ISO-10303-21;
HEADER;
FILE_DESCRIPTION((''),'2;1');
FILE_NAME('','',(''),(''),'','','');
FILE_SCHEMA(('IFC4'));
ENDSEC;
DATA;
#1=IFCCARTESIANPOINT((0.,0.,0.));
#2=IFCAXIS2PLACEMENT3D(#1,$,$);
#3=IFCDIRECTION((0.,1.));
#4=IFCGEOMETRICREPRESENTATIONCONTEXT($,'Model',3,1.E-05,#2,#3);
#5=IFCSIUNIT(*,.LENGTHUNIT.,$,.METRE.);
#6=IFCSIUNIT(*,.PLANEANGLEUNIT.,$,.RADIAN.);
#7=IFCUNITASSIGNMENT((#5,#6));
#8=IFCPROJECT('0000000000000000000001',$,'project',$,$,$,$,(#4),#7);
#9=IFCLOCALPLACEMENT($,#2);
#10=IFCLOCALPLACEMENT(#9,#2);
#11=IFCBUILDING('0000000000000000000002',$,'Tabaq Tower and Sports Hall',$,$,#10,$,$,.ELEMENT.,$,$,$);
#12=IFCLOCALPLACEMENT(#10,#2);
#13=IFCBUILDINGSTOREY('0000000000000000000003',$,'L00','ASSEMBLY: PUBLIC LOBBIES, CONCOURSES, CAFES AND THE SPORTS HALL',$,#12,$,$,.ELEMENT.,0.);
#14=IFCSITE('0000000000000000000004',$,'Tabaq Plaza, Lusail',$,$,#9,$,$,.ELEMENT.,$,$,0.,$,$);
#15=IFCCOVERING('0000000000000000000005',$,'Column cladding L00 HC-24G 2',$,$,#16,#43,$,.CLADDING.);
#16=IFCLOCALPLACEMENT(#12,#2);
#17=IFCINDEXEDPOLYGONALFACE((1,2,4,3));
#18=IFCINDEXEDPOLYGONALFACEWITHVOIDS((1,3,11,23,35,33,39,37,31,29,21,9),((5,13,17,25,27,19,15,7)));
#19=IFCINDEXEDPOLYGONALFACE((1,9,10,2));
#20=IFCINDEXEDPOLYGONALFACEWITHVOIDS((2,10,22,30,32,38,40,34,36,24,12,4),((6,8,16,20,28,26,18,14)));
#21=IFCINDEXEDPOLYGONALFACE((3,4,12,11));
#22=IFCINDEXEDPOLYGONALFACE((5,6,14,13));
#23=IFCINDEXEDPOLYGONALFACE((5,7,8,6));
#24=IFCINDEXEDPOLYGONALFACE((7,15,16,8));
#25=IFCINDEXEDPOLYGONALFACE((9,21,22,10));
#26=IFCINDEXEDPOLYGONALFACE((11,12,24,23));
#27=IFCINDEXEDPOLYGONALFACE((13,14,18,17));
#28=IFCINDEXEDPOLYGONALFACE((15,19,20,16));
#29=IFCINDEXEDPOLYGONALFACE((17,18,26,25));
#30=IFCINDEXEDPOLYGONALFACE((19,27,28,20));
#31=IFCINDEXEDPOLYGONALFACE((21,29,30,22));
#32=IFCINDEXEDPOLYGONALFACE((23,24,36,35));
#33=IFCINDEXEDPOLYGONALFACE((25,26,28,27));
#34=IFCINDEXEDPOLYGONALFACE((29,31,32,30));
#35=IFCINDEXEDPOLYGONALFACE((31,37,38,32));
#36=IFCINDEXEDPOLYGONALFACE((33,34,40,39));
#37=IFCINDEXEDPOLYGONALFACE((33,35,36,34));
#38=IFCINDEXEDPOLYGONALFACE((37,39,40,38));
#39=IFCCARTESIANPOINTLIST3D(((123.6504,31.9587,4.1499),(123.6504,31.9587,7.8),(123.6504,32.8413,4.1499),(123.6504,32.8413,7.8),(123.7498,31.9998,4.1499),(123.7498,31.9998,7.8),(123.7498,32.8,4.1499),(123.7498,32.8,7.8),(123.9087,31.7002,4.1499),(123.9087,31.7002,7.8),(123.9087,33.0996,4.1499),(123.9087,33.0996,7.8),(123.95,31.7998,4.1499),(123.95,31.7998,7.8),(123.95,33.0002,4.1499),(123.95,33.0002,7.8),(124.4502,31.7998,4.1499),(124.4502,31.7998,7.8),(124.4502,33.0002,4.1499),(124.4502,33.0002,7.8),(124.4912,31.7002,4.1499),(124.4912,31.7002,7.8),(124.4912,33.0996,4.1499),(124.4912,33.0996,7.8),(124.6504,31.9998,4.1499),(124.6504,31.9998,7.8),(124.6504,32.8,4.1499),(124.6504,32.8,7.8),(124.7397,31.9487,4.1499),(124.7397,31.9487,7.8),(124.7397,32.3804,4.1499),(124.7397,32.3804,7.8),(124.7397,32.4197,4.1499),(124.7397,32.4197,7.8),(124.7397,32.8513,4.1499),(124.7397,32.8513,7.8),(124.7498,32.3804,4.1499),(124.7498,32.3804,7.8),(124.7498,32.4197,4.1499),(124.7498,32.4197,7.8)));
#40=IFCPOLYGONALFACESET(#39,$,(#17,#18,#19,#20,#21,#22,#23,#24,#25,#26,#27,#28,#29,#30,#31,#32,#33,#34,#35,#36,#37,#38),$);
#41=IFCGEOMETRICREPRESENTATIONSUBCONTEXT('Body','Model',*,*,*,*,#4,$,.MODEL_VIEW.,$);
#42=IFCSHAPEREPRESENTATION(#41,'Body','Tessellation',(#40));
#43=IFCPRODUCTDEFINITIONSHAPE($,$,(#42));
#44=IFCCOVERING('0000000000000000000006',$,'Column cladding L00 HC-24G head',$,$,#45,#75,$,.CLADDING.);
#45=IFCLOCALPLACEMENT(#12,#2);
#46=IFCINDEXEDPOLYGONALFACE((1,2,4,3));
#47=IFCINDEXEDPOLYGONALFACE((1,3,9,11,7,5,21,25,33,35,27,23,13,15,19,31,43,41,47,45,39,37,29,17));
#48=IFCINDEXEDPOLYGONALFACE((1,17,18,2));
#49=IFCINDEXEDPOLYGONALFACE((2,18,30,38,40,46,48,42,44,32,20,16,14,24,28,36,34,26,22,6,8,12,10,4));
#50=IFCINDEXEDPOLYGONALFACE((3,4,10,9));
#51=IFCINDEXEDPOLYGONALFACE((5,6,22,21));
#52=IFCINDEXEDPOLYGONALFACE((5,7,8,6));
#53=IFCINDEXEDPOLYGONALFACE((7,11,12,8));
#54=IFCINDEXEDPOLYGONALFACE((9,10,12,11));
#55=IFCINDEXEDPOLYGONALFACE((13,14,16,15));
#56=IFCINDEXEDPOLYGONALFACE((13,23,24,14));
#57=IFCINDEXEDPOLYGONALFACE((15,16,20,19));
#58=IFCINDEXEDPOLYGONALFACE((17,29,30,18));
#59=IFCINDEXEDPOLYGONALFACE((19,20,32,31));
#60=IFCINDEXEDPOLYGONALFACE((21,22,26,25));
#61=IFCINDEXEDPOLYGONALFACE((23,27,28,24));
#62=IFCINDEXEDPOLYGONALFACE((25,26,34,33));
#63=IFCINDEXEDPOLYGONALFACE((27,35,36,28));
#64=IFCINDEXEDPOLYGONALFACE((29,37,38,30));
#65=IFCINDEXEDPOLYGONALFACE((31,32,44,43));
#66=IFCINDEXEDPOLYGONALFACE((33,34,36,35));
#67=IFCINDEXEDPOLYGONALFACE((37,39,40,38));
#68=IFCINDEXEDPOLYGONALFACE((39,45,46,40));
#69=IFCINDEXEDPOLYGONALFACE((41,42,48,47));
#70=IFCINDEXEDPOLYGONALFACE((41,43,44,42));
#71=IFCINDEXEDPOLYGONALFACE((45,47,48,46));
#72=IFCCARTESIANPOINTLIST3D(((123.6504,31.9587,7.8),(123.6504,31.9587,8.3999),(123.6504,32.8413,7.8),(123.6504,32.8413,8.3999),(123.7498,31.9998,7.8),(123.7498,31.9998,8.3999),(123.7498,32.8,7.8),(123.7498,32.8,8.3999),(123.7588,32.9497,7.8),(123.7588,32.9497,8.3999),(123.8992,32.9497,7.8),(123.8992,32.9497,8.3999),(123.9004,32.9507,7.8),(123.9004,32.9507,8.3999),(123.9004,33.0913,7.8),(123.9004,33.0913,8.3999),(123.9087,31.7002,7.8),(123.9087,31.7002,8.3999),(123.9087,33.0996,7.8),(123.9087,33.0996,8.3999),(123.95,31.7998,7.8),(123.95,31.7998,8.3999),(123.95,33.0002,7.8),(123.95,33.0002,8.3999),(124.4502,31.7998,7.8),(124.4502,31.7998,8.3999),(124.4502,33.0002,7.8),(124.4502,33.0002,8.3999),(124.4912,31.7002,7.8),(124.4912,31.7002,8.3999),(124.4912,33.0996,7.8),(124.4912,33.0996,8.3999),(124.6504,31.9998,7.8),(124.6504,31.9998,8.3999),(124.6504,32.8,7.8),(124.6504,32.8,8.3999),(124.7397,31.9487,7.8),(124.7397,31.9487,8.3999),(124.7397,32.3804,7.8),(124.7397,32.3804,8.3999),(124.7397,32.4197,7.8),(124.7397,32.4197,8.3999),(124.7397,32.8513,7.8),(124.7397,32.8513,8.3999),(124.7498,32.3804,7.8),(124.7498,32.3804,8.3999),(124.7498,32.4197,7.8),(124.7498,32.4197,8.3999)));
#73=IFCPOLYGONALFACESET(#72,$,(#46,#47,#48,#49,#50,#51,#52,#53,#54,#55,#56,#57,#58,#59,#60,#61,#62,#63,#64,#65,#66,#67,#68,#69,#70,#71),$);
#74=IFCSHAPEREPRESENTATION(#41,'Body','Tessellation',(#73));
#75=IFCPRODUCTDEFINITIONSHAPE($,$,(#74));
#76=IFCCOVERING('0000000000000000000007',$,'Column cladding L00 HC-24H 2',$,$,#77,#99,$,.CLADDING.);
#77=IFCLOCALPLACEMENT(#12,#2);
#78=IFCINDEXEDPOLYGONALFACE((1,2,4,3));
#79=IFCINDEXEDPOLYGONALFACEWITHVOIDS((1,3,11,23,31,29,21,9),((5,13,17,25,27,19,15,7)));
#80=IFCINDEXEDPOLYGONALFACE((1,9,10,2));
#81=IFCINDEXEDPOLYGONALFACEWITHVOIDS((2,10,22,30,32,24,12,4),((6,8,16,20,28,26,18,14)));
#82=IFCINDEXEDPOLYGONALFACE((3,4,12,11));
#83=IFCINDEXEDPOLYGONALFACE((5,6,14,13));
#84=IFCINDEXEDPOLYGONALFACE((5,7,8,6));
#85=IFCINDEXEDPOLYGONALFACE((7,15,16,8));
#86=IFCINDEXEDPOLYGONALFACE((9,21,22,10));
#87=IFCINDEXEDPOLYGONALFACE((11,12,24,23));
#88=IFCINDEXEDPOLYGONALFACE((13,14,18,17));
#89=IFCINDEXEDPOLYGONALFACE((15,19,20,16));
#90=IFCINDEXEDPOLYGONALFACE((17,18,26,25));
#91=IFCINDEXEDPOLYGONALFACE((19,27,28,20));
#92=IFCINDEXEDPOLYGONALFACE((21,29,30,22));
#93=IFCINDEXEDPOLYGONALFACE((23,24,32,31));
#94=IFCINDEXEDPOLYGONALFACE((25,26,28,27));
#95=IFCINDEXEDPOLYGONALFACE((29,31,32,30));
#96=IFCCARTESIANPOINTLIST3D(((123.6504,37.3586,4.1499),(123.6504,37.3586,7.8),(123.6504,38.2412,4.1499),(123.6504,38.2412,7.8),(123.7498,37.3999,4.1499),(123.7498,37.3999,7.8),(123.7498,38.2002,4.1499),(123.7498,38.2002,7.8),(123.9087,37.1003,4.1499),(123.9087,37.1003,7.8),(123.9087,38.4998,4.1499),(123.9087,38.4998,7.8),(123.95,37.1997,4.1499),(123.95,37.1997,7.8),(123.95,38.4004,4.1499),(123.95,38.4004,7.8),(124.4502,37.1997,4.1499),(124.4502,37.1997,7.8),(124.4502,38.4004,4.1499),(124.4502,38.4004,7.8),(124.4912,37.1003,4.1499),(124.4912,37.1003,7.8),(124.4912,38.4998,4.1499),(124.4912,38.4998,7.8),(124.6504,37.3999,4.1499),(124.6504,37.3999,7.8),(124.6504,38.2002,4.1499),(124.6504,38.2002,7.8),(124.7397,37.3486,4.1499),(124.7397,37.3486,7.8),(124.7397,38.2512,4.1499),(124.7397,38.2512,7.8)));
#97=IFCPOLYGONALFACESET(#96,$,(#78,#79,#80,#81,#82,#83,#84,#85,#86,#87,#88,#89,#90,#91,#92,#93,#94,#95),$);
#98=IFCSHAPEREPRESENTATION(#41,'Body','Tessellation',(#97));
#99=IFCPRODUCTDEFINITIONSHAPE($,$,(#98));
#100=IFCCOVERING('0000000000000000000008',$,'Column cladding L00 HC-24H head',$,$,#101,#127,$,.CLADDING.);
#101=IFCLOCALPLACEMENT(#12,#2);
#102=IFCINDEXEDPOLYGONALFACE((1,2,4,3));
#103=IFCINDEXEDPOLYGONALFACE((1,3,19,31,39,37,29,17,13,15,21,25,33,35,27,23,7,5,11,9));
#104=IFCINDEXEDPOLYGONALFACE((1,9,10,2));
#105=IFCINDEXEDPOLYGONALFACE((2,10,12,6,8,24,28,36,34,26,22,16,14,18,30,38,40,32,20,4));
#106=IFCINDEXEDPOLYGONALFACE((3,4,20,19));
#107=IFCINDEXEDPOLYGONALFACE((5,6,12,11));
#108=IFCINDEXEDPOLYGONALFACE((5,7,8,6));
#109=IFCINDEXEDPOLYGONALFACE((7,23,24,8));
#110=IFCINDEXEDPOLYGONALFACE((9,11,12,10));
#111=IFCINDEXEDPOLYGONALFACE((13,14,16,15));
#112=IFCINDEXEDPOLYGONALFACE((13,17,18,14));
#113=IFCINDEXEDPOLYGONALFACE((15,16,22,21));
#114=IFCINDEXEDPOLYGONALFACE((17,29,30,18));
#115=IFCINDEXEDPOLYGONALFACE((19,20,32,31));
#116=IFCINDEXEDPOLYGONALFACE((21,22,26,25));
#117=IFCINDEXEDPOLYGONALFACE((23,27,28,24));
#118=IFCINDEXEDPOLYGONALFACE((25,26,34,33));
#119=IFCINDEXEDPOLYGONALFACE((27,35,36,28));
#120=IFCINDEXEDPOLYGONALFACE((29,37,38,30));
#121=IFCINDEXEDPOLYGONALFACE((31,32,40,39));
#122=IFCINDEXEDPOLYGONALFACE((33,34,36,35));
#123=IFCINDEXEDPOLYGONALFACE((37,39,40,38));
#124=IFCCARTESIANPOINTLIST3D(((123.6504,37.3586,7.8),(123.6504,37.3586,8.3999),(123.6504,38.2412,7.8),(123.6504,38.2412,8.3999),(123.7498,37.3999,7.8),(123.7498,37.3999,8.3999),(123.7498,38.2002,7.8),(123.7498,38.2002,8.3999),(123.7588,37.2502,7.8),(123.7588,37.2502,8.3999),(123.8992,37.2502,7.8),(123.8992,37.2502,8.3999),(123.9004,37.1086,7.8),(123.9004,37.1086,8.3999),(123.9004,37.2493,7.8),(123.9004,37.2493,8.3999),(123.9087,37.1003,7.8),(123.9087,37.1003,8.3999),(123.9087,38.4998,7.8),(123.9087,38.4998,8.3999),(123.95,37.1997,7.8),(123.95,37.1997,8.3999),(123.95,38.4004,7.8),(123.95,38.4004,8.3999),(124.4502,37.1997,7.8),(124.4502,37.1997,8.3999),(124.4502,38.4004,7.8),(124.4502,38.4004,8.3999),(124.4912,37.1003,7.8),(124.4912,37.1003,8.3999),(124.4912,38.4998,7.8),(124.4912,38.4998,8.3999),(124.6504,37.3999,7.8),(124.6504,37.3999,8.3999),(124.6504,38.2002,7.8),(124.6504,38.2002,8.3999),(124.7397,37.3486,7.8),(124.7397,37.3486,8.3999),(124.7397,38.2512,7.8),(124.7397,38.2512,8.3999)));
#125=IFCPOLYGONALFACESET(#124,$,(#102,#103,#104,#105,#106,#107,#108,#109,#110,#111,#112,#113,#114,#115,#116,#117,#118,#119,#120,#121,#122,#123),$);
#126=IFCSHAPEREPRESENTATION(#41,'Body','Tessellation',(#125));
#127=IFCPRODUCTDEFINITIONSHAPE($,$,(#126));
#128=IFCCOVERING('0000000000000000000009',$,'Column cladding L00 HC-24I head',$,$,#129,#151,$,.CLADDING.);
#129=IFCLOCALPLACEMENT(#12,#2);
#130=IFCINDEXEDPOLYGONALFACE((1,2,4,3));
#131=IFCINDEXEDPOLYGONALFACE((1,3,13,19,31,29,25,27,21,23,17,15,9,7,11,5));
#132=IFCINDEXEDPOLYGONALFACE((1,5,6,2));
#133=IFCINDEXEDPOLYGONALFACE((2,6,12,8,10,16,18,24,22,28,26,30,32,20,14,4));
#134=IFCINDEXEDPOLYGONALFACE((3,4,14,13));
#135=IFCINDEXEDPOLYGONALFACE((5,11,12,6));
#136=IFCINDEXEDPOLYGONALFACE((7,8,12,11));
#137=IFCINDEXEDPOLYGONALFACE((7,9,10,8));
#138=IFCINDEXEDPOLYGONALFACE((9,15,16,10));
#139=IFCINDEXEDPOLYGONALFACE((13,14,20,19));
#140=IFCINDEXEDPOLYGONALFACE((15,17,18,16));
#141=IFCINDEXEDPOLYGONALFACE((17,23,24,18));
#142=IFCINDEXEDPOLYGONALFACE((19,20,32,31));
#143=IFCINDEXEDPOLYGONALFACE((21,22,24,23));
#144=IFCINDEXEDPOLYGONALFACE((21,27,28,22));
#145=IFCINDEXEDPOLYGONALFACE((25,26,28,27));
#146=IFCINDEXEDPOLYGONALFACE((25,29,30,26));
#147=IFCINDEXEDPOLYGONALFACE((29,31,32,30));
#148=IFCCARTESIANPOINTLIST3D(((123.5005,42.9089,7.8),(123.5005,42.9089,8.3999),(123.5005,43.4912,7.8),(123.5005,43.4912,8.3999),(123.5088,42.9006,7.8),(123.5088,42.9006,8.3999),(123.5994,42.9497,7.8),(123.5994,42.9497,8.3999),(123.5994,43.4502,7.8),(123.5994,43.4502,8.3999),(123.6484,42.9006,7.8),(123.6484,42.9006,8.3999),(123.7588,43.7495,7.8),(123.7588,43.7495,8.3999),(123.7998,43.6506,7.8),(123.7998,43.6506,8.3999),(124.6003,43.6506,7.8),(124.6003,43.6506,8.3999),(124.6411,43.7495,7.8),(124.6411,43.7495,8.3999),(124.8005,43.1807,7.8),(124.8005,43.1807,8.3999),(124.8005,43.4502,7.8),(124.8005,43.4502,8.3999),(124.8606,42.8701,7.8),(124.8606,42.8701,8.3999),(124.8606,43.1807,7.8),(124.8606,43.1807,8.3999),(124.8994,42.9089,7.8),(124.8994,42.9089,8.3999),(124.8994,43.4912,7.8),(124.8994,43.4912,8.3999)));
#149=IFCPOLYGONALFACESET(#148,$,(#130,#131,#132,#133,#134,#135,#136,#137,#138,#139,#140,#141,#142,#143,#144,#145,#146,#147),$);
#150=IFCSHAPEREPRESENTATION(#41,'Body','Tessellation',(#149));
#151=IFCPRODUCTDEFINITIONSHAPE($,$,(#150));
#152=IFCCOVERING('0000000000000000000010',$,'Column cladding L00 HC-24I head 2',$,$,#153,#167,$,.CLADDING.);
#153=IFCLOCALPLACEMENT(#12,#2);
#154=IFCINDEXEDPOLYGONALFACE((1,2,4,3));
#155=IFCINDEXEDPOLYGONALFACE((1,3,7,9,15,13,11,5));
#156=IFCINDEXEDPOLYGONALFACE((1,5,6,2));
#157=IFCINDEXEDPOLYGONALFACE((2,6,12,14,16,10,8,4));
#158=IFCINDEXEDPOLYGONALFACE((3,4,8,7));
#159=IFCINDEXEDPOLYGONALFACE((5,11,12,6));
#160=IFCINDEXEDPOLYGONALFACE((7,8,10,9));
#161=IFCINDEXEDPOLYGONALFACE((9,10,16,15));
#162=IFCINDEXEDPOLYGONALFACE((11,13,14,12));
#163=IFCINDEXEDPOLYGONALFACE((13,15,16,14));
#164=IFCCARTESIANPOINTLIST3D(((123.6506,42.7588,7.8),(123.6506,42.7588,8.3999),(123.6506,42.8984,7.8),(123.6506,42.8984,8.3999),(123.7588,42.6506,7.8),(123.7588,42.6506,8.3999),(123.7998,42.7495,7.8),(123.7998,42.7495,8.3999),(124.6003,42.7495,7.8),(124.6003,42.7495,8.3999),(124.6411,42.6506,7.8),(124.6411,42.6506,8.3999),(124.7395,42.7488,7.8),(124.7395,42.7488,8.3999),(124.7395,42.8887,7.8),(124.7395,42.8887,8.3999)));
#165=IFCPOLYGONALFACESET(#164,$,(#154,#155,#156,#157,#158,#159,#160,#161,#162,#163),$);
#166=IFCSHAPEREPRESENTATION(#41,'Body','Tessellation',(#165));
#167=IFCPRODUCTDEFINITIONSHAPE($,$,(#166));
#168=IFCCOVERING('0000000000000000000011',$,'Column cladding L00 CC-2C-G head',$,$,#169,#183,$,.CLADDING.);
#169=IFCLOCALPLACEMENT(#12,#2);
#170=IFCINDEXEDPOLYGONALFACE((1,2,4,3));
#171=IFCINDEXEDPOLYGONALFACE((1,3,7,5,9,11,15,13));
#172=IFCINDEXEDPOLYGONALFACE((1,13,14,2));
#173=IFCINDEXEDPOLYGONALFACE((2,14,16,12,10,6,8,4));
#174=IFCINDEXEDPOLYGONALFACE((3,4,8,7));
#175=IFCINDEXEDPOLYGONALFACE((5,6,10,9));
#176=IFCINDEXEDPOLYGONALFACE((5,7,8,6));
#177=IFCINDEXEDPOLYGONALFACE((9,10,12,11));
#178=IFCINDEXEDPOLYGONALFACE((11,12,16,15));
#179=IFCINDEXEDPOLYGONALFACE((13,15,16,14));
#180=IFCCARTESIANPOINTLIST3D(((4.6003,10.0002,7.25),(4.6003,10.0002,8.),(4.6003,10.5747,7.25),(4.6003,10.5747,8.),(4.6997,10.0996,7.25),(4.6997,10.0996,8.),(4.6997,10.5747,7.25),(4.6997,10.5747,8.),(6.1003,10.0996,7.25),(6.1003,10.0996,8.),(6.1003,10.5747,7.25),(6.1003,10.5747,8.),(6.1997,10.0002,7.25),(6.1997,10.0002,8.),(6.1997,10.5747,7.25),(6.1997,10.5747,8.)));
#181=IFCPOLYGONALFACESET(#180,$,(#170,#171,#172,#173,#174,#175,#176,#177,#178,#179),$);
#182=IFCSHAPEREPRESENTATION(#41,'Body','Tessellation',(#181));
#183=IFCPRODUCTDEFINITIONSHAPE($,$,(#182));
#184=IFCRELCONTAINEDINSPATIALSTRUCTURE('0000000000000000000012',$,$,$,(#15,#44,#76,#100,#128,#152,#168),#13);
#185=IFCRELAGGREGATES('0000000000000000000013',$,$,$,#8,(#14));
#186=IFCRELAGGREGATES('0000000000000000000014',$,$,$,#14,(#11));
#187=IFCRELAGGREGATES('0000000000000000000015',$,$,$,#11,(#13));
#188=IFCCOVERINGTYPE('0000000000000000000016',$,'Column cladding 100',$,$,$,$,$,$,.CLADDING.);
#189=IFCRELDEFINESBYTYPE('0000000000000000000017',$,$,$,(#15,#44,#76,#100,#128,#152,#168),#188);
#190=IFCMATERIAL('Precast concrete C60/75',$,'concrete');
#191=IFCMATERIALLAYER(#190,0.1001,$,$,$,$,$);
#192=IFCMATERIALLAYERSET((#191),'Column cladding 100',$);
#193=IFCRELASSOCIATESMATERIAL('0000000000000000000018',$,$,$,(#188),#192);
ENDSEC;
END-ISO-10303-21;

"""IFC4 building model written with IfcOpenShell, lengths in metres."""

from ifc_helpers import new_model, si_unit, direction, frame, origin, place, context, subcontext, project, spatial, polyline, outline, extrude, material, layer, layer_set, type_object, element, save


model = new_model("IFC4")

# Units and contexts
model_context = context("Model", 3, precision=1e-05, world=origin(), true_north=direction((0.0, 1.0)))
body_context = subcontext(model_context, "Body", "Model", "MODEL_VIEW")
ifc_project = project(units=[si_unit("LENGTHUNIT", "METRE"), si_unit("PLANEANGLEUNIT", "RADIAN")], contexts=[model_context])

# Site, building, storey
site_placement = place(None, origin())
site = spatial("IfcSite", under=ifc_project, at=site_placement, Name="Tabaq Plaza, Lusail", CompositionType="ELEMENT", RefElevation=0.0)
building_placement = place(site_placement, origin())
building = spatial("IfcBuilding", under=site, at=building_placement, Name="Tabaq Tower and Sports Hall", CompositionType="ELEMENT")
storey_placement = place(building_placement, origin())
storey = spatial("IfcBuildingStorey", under=building, at=storey_placement, Name="L00", Description="ASSEMBLY: PUBLIC LOBBIES, CONCOURSES, CAFES AND THE SPORTS HALL", CompositionType="ELEMENT", Elevation=0.0)

# Coverings
ifc_material_1 = material(Name="Precast concrete C60/75", Category="concrete")
ifc_layer_1 = layer(ifc_material_1, 0.1001)
ifc_layer_set_1 = layer_set([ifc_layer_1], Name="Column cladding 100")
covering_type = type_object("IfcCoveringType", Name="Column cladding 100", PredefinedType="CLADDING", material=ifc_layer_set_1)
covering_1_placement = place(storey_placement, frame((0.0, 0.0, 4.1499)))
element("IfcCovering", 1, at=covering_1_placement, inside=storey, type_object=covering_type, Name="Column cladding L00 HC-24G 2", PredefinedType="CLADDING", context=body_context, shape_type="SweptSolid", body=[
    extrude(outline(polyline([(123.9087, 31.7002), (123.6504, 31.9587), (123.6504, 32.8413), (123.9087, 33.0996), (124.4912, 33.0996), (124.7397, 32.8513), (124.7397, 32.4197), (124.7498, 32.4197), (124.7498, 32.3804), (124.7397, 32.3804), (124.7397, 31.9487), (124.4912, 31.7002), (123.9087, 31.7002)]), holes=[polyline([(124.4502, 33.0002), (123.95, 33.0002), (123.7498, 32.8), (123.7498, 31.9998), (123.95, 31.7998), (124.4502, 31.7998), (124.6504, 31.9998), (124.6504, 32.8), (124.4502, 33.0002)])]), origin(), (0.0, 0.0, 1.0), 3.6501),
])
covering_2_placement = place(storey_placement, frame((0.0, 0.0, 7.8)))
element("IfcCovering", 2, at=covering_2_placement, inside=storey, type_object=covering_type, Name="Column cladding L00 HC-24G head", PredefinedType="CLADDING", context=body_context, shape_type="SweptSolid", body=[
    extrude(outline(polyline([(123.6504, 31.9587), (123.6504, 32.8413), (123.7588, 32.9497), (123.8992, 32.9497), (123.7498, 32.8), (123.7498, 31.9998), (123.95, 31.7998), (124.4502, 31.7998), (124.6504, 31.9998), (124.6504, 32.8), (124.4502, 33.0002), (123.95, 33.0002), (123.9004, 32.9507), (123.9004, 33.0913), (123.9087, 33.0996), (124.4912, 33.0996), (124.7397, 32.8513), (124.7397, 32.4197), (124.7498, 32.4197), (124.7498, 32.3804), (124.7397, 32.3804), (124.7397, 31.9487), (124.4912, 31.7002), (123.9087, 31.7002), (123.6504, 31.9587)])), origin(), (0.0, 0.0, 1.0), 0.5999),
])
covering_3_placement = place(storey_placement, frame((0.0, 0.0, 4.1499)))
element("IfcCovering", 3, at=covering_3_placement, inside=storey, type_object=covering_type, Name="Column cladding L00 HC-24H 2", PredefinedType="CLADDING", context=body_context, shape_type="SweptSolid", body=[
    extrude(outline(polyline([(123.9087, 37.1003), (123.6504, 37.3586), (123.6504, 38.2412), (123.9087, 38.4998), (124.4912, 38.4998), (124.7397, 38.2512), (124.7397, 37.3486), (124.4912, 37.1003), (123.9087, 37.1003)]), holes=[polyline([(124.4502, 38.4004), (123.95, 38.4004), (123.7498, 38.2002), (123.7498, 37.3999), (123.95, 37.1997), (124.4502, 37.1997), (124.6504, 37.3999), (124.6504, 38.2002), (124.4502, 38.4004)])]), origin(), (0.0, 0.0, 1.0), 3.6501),
])
covering_4_placement = place(storey_placement, frame((0.0, 0.0, 7.8)))
element("IfcCovering", 4, at=covering_4_placement, inside=storey, type_object=covering_type, Name="Column cladding L00 HC-24H head", PredefinedType="CLADDING", context=body_context, shape_type="SweptSolid", body=[
    extrude(outline(polyline([(123.9004, 37.1086), (123.9004, 37.2493), (123.95, 37.1997), (124.4502, 37.1997), (124.6504, 37.3999), (124.6504, 38.2002), (124.4502, 38.4004), (123.95, 38.4004), (123.7498, 38.2002), (123.7498, 37.3999), (123.8992, 37.2502), (123.7588, 37.2502), (123.6504, 37.3586), (123.6504, 38.2412), (123.9087, 38.4998), (124.4912, 38.4998), (124.7397, 38.2512), (124.7397, 37.3486), (124.4912, 37.1003), (123.9087, 37.1003), (123.9004, 37.1086)])), origin(), (0.0, 0.0, 1.0), 0.5999),
])
covering_5_placement = place(storey_placement, frame((0.0, 0.0, 7.8)))
element("IfcCovering", 5, at=covering_5_placement, inside=storey, type_object=covering_type, Name="Column cladding L00 HC-24I head", PredefinedType="CLADDING", context=body_context, shape_type="SweptSolid", body=[
    extrude(outline(polyline([(123.6484, 42.9006), (123.5088, 42.9006), (123.5005, 42.9089), (123.5005, 43.4912), (123.7588, 43.7495), (124.6411, 43.7495), (124.8994, 43.4912), (124.8994, 42.9089), (124.8606, 42.8701), (124.8606, 43.1807), (124.8005, 43.1807), (124.8005, 43.4502), (124.6003, 43.6506), (123.7998, 43.6506), (123.5994, 43.4502), (123.5994, 42.9497), (123.6484, 42.9006)])), origin(), (0.0, 0.0, 1.0), 0.5999),
])
covering_6_placement = place(storey_placement, frame((0.0, 0.0, 7.8)))
element("IfcCovering", 6, at=covering_6_placement, inside=storey, type_object=covering_type, Name="Column cladding L00 HC-24I head 2", PredefinedType="CLADDING", context=body_context, shape_type="SweptSolid", body=[
    extrude(outline(polyline([(123.6506, 42.8984), (123.7998, 42.7495), (124.6003, 42.7495), (124.7395, 42.8887), (124.7395, 42.7488), (124.6411, 42.6506), (123.7588, 42.6506), (123.6506, 42.7588), (123.6506, 42.8984)])), origin(), (0.0, 0.0, 1.0), 0.5999),
])
covering_7_placement = place(storey_placement, frame((0.0, 0.0, 7.25)))
element("IfcCovering", 7, at=covering_7_placement, inside=storey, type_object=covering_type, Name="Column cladding L00 CC-2C-G head", PredefinedType="CLADDING", context=body_context, shape_type="SweptSolid", body=[
    extrude(outline(polyline([(6.1997, 10.0002), (4.6003, 10.0002), (4.6003, 10.5747), (4.6997, 10.5747), (4.6997, 10.0996), (6.1003, 10.0996), (6.1003, 10.5747), (6.1997, 10.5747), (6.1997, 10.0002)])), origin(), (0.0, 0.0, 1.0), 0.75),
])

save(model, "model.ifc")
